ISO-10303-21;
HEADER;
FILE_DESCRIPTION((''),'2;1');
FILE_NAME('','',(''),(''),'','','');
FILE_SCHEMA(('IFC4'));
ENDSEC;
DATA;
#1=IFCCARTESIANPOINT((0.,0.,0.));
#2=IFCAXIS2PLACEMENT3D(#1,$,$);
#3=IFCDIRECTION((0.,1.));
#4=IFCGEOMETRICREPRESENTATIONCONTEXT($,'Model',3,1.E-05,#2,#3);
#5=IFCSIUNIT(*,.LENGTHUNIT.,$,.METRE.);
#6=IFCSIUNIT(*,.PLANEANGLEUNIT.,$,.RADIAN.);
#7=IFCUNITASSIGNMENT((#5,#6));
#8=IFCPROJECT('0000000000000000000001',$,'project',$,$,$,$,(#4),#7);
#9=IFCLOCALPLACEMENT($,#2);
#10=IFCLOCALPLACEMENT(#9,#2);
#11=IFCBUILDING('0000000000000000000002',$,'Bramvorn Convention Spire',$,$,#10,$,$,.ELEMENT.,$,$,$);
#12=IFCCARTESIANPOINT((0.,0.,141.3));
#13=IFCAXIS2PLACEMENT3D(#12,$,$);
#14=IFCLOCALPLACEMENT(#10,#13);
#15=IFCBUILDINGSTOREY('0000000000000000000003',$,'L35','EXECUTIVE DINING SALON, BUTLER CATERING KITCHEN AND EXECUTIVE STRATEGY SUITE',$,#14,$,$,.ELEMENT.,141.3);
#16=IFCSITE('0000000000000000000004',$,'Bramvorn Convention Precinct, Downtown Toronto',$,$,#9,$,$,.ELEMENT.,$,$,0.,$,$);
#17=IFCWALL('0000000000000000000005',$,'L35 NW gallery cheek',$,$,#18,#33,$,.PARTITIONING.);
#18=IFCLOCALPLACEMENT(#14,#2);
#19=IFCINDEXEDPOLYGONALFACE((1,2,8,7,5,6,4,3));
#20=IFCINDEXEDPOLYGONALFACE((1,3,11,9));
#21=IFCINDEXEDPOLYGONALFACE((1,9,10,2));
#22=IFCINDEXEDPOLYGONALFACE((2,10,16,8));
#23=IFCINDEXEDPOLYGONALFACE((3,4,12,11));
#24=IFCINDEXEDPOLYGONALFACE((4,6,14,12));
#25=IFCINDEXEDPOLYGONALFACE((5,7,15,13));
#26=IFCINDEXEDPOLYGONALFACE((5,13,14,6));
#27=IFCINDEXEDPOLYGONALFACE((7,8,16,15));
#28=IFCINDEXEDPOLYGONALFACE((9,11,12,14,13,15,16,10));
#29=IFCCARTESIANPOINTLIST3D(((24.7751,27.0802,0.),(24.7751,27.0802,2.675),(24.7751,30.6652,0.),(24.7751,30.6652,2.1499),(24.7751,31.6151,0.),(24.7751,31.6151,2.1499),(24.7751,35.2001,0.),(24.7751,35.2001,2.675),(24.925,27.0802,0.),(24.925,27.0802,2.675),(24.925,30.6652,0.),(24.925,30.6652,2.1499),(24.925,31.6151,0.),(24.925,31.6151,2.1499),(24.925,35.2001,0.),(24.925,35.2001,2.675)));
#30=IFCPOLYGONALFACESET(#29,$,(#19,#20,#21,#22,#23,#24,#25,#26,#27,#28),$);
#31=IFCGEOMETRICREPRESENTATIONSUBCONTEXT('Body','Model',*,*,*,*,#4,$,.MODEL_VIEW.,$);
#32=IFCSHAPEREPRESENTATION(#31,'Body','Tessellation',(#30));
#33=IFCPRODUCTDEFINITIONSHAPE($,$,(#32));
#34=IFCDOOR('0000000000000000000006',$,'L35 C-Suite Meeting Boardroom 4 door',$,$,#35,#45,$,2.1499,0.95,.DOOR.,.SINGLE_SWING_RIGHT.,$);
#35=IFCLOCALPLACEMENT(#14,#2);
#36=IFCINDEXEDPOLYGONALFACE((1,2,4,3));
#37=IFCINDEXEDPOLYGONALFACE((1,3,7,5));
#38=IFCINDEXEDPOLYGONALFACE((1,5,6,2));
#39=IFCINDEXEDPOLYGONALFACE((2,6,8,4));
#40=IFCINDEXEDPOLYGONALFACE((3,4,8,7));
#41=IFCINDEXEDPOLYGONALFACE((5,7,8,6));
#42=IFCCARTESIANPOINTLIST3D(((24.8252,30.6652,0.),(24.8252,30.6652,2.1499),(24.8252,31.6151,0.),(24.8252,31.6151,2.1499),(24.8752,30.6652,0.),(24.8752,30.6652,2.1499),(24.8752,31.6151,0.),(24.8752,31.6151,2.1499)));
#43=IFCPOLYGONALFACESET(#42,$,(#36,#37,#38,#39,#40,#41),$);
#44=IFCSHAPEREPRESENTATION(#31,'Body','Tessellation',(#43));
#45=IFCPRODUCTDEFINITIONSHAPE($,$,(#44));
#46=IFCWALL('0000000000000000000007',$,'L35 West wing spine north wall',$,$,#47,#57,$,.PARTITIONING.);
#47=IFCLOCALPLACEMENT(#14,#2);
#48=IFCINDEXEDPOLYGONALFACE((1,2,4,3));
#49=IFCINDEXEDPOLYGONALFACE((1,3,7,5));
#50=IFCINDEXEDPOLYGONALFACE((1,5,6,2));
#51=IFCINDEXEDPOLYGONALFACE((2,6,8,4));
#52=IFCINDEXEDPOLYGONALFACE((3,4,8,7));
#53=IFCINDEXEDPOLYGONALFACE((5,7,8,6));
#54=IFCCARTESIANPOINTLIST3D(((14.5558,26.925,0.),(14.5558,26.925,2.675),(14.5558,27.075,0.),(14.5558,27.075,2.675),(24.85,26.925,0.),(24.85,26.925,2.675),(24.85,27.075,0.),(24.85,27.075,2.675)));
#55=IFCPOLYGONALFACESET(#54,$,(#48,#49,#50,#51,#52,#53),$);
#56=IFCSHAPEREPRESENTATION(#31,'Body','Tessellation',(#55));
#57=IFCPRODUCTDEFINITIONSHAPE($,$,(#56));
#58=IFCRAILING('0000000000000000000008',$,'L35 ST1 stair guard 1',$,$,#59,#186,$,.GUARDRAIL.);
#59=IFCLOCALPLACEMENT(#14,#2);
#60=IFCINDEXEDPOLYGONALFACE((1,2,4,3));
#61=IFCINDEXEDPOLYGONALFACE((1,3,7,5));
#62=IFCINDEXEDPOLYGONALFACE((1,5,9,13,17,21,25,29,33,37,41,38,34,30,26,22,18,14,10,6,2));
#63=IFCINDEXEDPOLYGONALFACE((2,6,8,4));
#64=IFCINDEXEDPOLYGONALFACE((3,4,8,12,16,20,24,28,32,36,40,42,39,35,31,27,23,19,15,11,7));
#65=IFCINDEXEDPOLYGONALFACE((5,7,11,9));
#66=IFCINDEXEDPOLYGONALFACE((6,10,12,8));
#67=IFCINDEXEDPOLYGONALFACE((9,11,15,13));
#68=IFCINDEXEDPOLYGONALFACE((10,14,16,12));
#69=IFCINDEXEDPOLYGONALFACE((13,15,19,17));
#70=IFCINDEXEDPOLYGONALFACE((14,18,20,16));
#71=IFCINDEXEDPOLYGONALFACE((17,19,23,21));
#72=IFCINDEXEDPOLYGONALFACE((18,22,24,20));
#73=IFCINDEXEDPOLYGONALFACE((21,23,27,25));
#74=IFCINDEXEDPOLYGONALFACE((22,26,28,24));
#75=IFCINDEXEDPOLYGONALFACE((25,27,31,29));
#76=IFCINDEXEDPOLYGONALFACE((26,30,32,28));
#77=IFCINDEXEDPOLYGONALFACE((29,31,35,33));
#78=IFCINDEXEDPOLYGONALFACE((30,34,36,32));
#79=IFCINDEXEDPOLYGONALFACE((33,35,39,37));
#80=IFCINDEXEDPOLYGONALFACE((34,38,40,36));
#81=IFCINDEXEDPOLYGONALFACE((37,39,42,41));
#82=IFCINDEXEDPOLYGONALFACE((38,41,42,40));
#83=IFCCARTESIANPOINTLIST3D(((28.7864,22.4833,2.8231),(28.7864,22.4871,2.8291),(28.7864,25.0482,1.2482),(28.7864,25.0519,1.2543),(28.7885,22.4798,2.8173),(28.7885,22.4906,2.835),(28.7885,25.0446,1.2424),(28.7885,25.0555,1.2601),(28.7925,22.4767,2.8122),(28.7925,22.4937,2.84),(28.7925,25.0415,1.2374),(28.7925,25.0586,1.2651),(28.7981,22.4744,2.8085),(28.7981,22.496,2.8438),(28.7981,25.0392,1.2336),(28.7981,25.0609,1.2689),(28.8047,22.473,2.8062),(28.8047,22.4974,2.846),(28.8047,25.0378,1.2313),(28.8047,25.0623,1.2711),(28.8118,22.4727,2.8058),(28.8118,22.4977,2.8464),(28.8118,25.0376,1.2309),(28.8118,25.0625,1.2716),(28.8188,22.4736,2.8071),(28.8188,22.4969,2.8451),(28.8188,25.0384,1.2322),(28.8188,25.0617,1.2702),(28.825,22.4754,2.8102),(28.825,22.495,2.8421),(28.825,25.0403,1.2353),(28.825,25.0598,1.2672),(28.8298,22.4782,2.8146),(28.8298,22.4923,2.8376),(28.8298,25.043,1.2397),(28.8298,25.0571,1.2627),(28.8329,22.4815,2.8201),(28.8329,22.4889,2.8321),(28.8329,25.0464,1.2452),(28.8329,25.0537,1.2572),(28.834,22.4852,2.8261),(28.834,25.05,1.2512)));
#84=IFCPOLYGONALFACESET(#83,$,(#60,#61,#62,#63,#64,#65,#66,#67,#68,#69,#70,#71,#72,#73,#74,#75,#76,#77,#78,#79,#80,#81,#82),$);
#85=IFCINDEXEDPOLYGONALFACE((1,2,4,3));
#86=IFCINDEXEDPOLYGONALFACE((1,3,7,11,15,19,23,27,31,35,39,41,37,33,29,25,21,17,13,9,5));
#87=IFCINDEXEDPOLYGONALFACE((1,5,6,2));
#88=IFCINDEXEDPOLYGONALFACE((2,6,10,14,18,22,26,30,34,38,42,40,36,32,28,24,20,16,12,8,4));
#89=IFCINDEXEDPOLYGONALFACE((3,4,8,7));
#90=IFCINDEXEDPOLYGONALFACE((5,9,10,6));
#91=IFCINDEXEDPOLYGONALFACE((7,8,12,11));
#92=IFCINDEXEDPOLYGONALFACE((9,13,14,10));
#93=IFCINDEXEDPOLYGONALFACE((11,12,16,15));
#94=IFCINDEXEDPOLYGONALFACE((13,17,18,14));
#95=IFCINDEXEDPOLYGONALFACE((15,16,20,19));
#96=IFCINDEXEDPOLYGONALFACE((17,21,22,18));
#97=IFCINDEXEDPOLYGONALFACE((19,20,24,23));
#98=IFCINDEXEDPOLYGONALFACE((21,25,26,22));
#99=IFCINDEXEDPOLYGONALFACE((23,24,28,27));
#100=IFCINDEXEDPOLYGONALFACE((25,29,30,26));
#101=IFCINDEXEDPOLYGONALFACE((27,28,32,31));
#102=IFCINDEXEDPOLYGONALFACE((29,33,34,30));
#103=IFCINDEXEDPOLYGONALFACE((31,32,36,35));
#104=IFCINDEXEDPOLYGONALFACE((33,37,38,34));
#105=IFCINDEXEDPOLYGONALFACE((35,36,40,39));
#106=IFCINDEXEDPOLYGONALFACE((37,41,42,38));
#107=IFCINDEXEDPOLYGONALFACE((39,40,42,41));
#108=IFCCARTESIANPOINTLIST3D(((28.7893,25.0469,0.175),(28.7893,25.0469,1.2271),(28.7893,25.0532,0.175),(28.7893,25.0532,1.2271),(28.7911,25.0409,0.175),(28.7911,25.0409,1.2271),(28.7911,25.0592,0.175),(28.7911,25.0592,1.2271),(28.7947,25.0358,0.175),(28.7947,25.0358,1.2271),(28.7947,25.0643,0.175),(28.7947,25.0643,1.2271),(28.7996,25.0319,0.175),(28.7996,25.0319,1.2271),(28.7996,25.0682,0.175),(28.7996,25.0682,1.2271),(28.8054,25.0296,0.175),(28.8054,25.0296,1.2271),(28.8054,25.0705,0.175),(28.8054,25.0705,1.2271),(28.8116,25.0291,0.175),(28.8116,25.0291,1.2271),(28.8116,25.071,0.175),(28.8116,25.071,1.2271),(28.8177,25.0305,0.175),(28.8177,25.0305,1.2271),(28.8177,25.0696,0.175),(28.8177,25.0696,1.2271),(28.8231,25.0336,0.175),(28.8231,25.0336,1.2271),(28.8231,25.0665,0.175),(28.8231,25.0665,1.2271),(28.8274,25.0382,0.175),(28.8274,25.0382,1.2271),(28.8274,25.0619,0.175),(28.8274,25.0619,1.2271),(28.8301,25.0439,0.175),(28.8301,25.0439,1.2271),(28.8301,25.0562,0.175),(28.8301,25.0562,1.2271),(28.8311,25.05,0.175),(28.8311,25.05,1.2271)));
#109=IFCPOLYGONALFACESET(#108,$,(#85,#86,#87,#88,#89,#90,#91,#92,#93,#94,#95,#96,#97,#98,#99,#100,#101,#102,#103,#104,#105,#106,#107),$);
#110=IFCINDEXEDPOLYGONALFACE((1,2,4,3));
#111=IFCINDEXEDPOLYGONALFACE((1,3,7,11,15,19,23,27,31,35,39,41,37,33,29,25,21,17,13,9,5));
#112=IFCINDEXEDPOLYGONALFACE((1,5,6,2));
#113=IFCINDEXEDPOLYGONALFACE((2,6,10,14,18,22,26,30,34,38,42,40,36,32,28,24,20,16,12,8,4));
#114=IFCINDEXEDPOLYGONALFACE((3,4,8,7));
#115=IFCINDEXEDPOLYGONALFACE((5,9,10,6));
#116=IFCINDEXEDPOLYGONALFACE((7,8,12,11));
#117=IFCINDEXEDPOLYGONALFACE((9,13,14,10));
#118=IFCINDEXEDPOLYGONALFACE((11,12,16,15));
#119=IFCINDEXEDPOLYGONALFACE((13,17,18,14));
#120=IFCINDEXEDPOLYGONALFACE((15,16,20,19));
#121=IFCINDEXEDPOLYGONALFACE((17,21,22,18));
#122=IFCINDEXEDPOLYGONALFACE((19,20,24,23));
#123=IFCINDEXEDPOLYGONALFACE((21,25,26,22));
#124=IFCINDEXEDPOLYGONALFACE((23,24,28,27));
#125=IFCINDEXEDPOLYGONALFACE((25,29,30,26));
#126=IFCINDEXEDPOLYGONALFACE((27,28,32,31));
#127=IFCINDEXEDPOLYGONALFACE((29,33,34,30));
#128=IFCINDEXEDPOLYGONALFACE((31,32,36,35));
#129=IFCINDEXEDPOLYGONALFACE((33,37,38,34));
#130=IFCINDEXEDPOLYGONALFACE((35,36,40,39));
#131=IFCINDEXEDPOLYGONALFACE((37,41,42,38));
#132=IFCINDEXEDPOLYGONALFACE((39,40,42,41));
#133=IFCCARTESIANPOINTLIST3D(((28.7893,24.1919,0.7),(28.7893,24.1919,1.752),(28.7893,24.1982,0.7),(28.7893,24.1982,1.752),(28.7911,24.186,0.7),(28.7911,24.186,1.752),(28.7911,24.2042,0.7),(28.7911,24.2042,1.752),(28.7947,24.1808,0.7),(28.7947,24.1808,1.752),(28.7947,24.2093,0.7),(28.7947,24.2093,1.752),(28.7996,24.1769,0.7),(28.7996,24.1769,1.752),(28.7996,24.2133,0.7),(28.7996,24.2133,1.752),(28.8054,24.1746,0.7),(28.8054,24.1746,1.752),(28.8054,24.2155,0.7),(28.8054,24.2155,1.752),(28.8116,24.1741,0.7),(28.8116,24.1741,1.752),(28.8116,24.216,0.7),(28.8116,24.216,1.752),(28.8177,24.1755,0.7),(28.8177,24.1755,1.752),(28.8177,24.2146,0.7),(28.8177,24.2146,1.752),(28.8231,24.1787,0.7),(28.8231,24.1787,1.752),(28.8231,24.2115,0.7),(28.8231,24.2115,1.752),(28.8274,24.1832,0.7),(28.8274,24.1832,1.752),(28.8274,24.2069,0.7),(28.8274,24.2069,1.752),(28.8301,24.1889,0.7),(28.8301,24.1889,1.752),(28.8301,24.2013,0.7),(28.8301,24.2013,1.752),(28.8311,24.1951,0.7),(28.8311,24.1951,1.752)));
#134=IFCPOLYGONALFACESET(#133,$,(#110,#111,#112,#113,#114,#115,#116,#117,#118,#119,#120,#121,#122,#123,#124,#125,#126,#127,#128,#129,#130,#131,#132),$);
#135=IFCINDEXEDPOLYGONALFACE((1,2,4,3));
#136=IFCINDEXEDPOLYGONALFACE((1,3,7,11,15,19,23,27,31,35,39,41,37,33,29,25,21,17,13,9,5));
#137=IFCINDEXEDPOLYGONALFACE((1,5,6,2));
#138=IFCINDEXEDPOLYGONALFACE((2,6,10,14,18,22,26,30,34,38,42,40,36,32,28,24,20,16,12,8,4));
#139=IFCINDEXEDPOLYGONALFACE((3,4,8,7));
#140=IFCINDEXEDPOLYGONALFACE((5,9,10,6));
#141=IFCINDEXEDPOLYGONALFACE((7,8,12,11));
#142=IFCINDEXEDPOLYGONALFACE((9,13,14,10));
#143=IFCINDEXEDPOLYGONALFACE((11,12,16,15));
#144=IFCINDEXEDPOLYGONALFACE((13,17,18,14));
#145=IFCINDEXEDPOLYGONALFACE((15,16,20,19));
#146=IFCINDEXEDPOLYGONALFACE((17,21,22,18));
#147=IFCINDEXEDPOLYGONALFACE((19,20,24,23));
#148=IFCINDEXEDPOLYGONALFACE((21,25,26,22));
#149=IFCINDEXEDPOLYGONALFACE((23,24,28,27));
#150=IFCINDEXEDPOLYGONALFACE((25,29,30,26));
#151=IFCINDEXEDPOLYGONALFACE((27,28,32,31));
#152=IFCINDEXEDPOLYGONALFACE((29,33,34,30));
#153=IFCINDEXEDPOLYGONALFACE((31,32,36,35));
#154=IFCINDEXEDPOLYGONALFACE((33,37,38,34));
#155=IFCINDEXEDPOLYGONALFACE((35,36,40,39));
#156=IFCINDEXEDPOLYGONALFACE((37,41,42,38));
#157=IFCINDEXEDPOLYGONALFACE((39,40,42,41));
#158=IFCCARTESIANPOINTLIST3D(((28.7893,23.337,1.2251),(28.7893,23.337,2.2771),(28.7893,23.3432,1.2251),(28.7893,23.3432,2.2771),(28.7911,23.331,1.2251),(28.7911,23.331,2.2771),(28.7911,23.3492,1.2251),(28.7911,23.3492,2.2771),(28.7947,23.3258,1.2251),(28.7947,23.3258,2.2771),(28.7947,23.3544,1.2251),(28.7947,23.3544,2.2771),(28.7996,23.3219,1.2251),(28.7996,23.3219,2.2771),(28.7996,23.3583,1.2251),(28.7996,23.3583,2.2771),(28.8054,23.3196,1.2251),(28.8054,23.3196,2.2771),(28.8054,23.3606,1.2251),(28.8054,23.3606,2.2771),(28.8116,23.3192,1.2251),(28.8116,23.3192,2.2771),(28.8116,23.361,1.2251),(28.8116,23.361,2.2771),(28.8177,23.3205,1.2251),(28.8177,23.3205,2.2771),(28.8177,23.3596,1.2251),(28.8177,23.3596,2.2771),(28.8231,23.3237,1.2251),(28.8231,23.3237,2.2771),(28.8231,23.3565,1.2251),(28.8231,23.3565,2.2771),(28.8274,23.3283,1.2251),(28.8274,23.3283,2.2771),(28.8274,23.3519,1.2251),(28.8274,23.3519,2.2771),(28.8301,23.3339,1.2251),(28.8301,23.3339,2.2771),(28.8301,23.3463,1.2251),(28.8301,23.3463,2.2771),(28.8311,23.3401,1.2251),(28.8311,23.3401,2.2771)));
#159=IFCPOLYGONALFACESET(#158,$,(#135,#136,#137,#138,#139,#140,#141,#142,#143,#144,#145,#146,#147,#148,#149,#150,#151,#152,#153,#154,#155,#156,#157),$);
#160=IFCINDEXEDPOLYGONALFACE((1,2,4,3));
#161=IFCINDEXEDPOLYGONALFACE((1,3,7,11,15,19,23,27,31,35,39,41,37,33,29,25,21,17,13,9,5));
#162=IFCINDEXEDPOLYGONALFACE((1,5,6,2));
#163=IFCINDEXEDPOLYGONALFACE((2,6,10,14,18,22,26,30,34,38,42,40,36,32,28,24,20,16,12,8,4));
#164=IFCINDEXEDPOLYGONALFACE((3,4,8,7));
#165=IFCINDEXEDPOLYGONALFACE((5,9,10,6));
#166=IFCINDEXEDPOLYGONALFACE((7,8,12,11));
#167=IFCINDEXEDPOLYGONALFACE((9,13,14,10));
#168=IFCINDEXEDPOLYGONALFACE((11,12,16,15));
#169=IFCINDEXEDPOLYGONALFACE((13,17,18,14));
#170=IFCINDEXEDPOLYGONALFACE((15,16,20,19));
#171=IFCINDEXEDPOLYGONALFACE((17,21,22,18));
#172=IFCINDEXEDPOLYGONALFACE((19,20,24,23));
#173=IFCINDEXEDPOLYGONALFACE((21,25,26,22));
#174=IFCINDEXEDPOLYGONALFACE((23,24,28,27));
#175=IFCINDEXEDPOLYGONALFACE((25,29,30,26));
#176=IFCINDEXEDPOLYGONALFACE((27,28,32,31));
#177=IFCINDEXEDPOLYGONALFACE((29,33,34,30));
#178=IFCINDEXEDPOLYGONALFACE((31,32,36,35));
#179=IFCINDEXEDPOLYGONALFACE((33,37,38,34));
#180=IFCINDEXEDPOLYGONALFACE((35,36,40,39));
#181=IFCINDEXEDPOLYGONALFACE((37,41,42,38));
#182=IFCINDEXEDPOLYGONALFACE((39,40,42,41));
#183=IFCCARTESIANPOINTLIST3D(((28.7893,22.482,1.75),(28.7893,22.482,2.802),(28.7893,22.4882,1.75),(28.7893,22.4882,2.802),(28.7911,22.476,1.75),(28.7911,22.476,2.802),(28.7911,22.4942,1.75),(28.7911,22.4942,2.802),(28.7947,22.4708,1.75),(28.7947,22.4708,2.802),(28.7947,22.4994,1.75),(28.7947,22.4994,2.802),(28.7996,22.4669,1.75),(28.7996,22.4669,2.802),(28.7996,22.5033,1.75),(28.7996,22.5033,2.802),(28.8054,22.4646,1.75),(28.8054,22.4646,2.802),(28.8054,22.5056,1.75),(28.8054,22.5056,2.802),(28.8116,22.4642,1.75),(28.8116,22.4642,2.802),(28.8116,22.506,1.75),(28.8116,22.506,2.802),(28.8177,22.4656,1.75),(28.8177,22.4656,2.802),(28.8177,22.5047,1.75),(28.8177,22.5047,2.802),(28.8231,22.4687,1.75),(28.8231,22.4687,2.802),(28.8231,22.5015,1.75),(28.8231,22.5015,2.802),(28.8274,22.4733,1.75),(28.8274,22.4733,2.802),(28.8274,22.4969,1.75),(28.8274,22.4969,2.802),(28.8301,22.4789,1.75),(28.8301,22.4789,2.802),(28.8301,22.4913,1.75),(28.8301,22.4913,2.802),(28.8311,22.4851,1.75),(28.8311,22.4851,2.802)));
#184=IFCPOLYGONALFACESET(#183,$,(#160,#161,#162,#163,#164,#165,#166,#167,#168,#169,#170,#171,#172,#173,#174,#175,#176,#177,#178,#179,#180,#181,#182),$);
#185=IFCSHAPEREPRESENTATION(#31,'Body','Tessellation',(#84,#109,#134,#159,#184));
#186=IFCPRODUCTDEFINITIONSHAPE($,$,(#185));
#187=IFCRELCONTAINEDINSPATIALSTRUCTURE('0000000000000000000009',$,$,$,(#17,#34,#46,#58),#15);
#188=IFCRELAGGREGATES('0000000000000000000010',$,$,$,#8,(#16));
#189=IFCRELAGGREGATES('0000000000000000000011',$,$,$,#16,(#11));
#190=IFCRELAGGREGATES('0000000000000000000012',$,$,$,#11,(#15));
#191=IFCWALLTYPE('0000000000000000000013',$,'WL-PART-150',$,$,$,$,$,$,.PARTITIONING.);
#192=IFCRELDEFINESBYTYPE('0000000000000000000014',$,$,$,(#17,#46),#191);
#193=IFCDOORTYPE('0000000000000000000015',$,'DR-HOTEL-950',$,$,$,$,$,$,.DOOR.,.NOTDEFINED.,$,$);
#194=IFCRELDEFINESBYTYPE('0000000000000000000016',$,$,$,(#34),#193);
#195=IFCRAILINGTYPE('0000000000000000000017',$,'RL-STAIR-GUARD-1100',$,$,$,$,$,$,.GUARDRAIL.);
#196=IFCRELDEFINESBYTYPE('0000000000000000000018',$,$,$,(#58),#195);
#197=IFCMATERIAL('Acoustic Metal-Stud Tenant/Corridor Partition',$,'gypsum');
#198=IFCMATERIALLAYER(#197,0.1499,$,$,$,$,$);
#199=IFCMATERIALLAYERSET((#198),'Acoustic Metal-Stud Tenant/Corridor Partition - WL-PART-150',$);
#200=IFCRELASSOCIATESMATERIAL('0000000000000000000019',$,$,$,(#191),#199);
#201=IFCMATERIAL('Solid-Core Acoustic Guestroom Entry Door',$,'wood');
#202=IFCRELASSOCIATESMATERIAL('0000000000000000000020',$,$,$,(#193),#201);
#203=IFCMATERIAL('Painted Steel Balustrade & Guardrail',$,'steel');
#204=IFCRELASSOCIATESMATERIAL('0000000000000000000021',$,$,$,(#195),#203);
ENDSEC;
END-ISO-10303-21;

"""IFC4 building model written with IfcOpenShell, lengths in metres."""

from ifc_helpers import new_model, si_unit, direction, frame, frame_2d, origin, origin_2d, place, context, subcontext, project, spatial, rectangle, circle, extrude, material, layer, layer_set, type_object, element, fill, save


model = new_model("IFC4")

# Units and contexts
model_context = context("Model", 3, precision=1e-05, world=origin(), true_north=direction((0.0, 1.0)))
body_context = subcontext(model_context, "Body", "Model", "MODEL_VIEW")
ifc_project = project(units=[si_unit("LENGTHUNIT", "METRE"), si_unit("PLANEANGLEUNIT", "RADIAN")], contexts=[model_context])

# Site, building, storey
site_placement = place(None, origin())
site = spatial("IfcSite", under=ifc_project, at=site_placement, Name="Bramvorn Convention Precinct, Downtown Toronto", CompositionType="ELEMENT", RefElevation=0.0)
building_placement = place(site_placement, origin())
building = spatial("IfcBuilding", under=site, at=building_placement, Name="Bramvorn Convention Spire", CompositionType="ELEMENT")
storey_placement = place(building_placement, frame((0.0, 0.0, 141.3)))
storey = spatial("IfcBuildingStorey", under=building, at=storey_placement, Name="L35", Description="EXECUTIVE DINING SALON, BUTLER CATERING KITCHEN AND EXECUTIVE STRATEGY SUITE", CompositionType="ELEMENT", Elevation=141.3)

# Wall, opening, door
ifc_material_1 = material(Name="Acoustic Metal-Stud Tenant/Corridor Partition", Category="gypsum")
ifc_layer_1 = layer(ifc_material_1, 0.1499)
ifc_layer_set_1 = layer_set([ifc_layer_1], Name="Acoustic Metal-Stud Tenant/Corridor Partition - WL-PART-150")
wall_type_1 = type_object("IfcWallType", Name="WL-PART-150", PredefinedType="PARTITIONING", material=ifc_layer_set_1)
wall_1_placement = place(storey_placement, frame((24.8501, 27.0801, 0.0), z_axis=(0.0, 0.0, 1.0), x_axis=(0.0, 1.0, 0.0)))
wall_1 = element("IfcWall", 1, at=wall_1_placement, inside=storey, type_object=wall_type_1, Name="L35 NW gallery cheek", PredefinedType="PARTITIONING", context=body_context, shape_type="SweptSolid", body=[
    extrude(rectangle(XDim=8.1199, YDim=0.1499, at=frame_2d((4.0601, 0.0))), origin(), (0.0, 0.0, 1.0), 2.675),
])
opening_1_placement = place(wall_1_placement, frame((3.585, 0.0, 0.0)))
opening_1 = element("IfcOpeningElement", 2, at=opening_1_placement, cuts=wall_1, PredefinedType="OPENING", context=body_context, shape_type="SweptSolid", body=[
    extrude(rectangle(XDim=0.95, YDim=2.1499, at=frame_2d((0.4751, 1.075))), frame((0.0, 0.085, 0.0), z_axis=(0.0, -1.0, 0.0), x_axis=(1.0, 0.0, 0.0)), (0.0, 0.0, 1.0), 0.1699),
])
ifc_material_2 = material(Name="Solid-Core Acoustic Guestroom Entry Door", Category="wood")
door_type_1 = type_object("IfcDoorType", Name="DR-HOTEL-950", OperationType="NOTDEFINED", PredefinedType="DOOR", material=ifc_material_2)
door_1_placement = place(opening_1_placement, origin())
door_1 = element("IfcDoor", 3, at=door_1_placement, inside=storey, type_object=door_type_1, Name="L35 C-Suite Meeting Boardroom 4 door", OperationType="SINGLE_SWING_RIGHT", OverallHeight=2.1499, OverallWidth=0.95, PredefinedType="DOOR", context=body_context, shape_type="SweptSolid", body=[
    extrude(rectangle(XDim=0.95, YDim=2.1499, at=frame_2d((0.4751, 1.075))), frame((0.0, 0.0249, 0.0), z_axis=(0.0, -1.0, 0.0), x_axis=(1.0, 0.0, 0.0)), (0.0, 0.0, 1.0), 0.05),
])
fill(opening_1, door_1)

# Wall
wall_2_placement = place(storey_placement, frame((14.5559, 27.0, 0.0), z_axis=(0.0, 0.0, 1.0), x_axis=(1.0, 0.0, 0.0)))
element("IfcWall", 4, at=wall_2_placement, inside=storey, type_object=wall_type_1, Name="L35 West wing spine north wall", PredefinedType="PARTITIONING", context=body_context, shape_type="SweptSolid", body=[
    extrude(rectangle(XDim=10.2942, YDim=0.1499, at=frame_2d((5.147, 0.0))), origin(), (0.0, 0.0, 1.0), 2.675),
])

# Railing
ifc_material_3 = material(Name="Painted Steel Balustrade & Guardrail", Category="steel")
railing_type = type_object("IfcRailingType", Name="RL-STAIR-GUARD-1100", PredefinedType="GUARDRAIL", material=ifc_material_3)
railing_1_placement = place(storey_placement, frame((28.8101, 25.05, 0.175)))
element("IfcRailing", 5, at=railing_1_placement, inside=storey, type_object=railing_type, Name="L35 ST1 stair guard 1", PredefinedType="GUARDRAIL", context=body_context, shape_type="SweptSolid", body=[
    extrude(circle(Radius=0.0239, at=origin_2d()), frame((0.0, 0.0, 1.0762), z_axis=(0.0, -0.852173, 0.52326), x_axis=(1.0, 0.0, 0.0)), (0.0, 0.0, 1.0), 3.0098),
    extrude(circle(Radius=0.021, at=origin_2d()), origin(), (0.0, 0.0, 1.0), 1.052),
    extrude(circle(Radius=0.021, at=origin_2d()), frame((0.0, -0.855, 0.5249)), (0.0, 0.0, 1.0), 1.052),
    extrude(circle(Radius=0.021, at=origin_2d()), frame((0.0, -1.71, 1.05)), (0.0, 0.0, 1.0), 1.052),
    extrude(circle(Radius=0.021, at=origin_2d()), frame((0.0, -2.5649, 1.575)), (0.0, 0.0, 1.0), 1.052),
])

save(model, "model.ifc")
